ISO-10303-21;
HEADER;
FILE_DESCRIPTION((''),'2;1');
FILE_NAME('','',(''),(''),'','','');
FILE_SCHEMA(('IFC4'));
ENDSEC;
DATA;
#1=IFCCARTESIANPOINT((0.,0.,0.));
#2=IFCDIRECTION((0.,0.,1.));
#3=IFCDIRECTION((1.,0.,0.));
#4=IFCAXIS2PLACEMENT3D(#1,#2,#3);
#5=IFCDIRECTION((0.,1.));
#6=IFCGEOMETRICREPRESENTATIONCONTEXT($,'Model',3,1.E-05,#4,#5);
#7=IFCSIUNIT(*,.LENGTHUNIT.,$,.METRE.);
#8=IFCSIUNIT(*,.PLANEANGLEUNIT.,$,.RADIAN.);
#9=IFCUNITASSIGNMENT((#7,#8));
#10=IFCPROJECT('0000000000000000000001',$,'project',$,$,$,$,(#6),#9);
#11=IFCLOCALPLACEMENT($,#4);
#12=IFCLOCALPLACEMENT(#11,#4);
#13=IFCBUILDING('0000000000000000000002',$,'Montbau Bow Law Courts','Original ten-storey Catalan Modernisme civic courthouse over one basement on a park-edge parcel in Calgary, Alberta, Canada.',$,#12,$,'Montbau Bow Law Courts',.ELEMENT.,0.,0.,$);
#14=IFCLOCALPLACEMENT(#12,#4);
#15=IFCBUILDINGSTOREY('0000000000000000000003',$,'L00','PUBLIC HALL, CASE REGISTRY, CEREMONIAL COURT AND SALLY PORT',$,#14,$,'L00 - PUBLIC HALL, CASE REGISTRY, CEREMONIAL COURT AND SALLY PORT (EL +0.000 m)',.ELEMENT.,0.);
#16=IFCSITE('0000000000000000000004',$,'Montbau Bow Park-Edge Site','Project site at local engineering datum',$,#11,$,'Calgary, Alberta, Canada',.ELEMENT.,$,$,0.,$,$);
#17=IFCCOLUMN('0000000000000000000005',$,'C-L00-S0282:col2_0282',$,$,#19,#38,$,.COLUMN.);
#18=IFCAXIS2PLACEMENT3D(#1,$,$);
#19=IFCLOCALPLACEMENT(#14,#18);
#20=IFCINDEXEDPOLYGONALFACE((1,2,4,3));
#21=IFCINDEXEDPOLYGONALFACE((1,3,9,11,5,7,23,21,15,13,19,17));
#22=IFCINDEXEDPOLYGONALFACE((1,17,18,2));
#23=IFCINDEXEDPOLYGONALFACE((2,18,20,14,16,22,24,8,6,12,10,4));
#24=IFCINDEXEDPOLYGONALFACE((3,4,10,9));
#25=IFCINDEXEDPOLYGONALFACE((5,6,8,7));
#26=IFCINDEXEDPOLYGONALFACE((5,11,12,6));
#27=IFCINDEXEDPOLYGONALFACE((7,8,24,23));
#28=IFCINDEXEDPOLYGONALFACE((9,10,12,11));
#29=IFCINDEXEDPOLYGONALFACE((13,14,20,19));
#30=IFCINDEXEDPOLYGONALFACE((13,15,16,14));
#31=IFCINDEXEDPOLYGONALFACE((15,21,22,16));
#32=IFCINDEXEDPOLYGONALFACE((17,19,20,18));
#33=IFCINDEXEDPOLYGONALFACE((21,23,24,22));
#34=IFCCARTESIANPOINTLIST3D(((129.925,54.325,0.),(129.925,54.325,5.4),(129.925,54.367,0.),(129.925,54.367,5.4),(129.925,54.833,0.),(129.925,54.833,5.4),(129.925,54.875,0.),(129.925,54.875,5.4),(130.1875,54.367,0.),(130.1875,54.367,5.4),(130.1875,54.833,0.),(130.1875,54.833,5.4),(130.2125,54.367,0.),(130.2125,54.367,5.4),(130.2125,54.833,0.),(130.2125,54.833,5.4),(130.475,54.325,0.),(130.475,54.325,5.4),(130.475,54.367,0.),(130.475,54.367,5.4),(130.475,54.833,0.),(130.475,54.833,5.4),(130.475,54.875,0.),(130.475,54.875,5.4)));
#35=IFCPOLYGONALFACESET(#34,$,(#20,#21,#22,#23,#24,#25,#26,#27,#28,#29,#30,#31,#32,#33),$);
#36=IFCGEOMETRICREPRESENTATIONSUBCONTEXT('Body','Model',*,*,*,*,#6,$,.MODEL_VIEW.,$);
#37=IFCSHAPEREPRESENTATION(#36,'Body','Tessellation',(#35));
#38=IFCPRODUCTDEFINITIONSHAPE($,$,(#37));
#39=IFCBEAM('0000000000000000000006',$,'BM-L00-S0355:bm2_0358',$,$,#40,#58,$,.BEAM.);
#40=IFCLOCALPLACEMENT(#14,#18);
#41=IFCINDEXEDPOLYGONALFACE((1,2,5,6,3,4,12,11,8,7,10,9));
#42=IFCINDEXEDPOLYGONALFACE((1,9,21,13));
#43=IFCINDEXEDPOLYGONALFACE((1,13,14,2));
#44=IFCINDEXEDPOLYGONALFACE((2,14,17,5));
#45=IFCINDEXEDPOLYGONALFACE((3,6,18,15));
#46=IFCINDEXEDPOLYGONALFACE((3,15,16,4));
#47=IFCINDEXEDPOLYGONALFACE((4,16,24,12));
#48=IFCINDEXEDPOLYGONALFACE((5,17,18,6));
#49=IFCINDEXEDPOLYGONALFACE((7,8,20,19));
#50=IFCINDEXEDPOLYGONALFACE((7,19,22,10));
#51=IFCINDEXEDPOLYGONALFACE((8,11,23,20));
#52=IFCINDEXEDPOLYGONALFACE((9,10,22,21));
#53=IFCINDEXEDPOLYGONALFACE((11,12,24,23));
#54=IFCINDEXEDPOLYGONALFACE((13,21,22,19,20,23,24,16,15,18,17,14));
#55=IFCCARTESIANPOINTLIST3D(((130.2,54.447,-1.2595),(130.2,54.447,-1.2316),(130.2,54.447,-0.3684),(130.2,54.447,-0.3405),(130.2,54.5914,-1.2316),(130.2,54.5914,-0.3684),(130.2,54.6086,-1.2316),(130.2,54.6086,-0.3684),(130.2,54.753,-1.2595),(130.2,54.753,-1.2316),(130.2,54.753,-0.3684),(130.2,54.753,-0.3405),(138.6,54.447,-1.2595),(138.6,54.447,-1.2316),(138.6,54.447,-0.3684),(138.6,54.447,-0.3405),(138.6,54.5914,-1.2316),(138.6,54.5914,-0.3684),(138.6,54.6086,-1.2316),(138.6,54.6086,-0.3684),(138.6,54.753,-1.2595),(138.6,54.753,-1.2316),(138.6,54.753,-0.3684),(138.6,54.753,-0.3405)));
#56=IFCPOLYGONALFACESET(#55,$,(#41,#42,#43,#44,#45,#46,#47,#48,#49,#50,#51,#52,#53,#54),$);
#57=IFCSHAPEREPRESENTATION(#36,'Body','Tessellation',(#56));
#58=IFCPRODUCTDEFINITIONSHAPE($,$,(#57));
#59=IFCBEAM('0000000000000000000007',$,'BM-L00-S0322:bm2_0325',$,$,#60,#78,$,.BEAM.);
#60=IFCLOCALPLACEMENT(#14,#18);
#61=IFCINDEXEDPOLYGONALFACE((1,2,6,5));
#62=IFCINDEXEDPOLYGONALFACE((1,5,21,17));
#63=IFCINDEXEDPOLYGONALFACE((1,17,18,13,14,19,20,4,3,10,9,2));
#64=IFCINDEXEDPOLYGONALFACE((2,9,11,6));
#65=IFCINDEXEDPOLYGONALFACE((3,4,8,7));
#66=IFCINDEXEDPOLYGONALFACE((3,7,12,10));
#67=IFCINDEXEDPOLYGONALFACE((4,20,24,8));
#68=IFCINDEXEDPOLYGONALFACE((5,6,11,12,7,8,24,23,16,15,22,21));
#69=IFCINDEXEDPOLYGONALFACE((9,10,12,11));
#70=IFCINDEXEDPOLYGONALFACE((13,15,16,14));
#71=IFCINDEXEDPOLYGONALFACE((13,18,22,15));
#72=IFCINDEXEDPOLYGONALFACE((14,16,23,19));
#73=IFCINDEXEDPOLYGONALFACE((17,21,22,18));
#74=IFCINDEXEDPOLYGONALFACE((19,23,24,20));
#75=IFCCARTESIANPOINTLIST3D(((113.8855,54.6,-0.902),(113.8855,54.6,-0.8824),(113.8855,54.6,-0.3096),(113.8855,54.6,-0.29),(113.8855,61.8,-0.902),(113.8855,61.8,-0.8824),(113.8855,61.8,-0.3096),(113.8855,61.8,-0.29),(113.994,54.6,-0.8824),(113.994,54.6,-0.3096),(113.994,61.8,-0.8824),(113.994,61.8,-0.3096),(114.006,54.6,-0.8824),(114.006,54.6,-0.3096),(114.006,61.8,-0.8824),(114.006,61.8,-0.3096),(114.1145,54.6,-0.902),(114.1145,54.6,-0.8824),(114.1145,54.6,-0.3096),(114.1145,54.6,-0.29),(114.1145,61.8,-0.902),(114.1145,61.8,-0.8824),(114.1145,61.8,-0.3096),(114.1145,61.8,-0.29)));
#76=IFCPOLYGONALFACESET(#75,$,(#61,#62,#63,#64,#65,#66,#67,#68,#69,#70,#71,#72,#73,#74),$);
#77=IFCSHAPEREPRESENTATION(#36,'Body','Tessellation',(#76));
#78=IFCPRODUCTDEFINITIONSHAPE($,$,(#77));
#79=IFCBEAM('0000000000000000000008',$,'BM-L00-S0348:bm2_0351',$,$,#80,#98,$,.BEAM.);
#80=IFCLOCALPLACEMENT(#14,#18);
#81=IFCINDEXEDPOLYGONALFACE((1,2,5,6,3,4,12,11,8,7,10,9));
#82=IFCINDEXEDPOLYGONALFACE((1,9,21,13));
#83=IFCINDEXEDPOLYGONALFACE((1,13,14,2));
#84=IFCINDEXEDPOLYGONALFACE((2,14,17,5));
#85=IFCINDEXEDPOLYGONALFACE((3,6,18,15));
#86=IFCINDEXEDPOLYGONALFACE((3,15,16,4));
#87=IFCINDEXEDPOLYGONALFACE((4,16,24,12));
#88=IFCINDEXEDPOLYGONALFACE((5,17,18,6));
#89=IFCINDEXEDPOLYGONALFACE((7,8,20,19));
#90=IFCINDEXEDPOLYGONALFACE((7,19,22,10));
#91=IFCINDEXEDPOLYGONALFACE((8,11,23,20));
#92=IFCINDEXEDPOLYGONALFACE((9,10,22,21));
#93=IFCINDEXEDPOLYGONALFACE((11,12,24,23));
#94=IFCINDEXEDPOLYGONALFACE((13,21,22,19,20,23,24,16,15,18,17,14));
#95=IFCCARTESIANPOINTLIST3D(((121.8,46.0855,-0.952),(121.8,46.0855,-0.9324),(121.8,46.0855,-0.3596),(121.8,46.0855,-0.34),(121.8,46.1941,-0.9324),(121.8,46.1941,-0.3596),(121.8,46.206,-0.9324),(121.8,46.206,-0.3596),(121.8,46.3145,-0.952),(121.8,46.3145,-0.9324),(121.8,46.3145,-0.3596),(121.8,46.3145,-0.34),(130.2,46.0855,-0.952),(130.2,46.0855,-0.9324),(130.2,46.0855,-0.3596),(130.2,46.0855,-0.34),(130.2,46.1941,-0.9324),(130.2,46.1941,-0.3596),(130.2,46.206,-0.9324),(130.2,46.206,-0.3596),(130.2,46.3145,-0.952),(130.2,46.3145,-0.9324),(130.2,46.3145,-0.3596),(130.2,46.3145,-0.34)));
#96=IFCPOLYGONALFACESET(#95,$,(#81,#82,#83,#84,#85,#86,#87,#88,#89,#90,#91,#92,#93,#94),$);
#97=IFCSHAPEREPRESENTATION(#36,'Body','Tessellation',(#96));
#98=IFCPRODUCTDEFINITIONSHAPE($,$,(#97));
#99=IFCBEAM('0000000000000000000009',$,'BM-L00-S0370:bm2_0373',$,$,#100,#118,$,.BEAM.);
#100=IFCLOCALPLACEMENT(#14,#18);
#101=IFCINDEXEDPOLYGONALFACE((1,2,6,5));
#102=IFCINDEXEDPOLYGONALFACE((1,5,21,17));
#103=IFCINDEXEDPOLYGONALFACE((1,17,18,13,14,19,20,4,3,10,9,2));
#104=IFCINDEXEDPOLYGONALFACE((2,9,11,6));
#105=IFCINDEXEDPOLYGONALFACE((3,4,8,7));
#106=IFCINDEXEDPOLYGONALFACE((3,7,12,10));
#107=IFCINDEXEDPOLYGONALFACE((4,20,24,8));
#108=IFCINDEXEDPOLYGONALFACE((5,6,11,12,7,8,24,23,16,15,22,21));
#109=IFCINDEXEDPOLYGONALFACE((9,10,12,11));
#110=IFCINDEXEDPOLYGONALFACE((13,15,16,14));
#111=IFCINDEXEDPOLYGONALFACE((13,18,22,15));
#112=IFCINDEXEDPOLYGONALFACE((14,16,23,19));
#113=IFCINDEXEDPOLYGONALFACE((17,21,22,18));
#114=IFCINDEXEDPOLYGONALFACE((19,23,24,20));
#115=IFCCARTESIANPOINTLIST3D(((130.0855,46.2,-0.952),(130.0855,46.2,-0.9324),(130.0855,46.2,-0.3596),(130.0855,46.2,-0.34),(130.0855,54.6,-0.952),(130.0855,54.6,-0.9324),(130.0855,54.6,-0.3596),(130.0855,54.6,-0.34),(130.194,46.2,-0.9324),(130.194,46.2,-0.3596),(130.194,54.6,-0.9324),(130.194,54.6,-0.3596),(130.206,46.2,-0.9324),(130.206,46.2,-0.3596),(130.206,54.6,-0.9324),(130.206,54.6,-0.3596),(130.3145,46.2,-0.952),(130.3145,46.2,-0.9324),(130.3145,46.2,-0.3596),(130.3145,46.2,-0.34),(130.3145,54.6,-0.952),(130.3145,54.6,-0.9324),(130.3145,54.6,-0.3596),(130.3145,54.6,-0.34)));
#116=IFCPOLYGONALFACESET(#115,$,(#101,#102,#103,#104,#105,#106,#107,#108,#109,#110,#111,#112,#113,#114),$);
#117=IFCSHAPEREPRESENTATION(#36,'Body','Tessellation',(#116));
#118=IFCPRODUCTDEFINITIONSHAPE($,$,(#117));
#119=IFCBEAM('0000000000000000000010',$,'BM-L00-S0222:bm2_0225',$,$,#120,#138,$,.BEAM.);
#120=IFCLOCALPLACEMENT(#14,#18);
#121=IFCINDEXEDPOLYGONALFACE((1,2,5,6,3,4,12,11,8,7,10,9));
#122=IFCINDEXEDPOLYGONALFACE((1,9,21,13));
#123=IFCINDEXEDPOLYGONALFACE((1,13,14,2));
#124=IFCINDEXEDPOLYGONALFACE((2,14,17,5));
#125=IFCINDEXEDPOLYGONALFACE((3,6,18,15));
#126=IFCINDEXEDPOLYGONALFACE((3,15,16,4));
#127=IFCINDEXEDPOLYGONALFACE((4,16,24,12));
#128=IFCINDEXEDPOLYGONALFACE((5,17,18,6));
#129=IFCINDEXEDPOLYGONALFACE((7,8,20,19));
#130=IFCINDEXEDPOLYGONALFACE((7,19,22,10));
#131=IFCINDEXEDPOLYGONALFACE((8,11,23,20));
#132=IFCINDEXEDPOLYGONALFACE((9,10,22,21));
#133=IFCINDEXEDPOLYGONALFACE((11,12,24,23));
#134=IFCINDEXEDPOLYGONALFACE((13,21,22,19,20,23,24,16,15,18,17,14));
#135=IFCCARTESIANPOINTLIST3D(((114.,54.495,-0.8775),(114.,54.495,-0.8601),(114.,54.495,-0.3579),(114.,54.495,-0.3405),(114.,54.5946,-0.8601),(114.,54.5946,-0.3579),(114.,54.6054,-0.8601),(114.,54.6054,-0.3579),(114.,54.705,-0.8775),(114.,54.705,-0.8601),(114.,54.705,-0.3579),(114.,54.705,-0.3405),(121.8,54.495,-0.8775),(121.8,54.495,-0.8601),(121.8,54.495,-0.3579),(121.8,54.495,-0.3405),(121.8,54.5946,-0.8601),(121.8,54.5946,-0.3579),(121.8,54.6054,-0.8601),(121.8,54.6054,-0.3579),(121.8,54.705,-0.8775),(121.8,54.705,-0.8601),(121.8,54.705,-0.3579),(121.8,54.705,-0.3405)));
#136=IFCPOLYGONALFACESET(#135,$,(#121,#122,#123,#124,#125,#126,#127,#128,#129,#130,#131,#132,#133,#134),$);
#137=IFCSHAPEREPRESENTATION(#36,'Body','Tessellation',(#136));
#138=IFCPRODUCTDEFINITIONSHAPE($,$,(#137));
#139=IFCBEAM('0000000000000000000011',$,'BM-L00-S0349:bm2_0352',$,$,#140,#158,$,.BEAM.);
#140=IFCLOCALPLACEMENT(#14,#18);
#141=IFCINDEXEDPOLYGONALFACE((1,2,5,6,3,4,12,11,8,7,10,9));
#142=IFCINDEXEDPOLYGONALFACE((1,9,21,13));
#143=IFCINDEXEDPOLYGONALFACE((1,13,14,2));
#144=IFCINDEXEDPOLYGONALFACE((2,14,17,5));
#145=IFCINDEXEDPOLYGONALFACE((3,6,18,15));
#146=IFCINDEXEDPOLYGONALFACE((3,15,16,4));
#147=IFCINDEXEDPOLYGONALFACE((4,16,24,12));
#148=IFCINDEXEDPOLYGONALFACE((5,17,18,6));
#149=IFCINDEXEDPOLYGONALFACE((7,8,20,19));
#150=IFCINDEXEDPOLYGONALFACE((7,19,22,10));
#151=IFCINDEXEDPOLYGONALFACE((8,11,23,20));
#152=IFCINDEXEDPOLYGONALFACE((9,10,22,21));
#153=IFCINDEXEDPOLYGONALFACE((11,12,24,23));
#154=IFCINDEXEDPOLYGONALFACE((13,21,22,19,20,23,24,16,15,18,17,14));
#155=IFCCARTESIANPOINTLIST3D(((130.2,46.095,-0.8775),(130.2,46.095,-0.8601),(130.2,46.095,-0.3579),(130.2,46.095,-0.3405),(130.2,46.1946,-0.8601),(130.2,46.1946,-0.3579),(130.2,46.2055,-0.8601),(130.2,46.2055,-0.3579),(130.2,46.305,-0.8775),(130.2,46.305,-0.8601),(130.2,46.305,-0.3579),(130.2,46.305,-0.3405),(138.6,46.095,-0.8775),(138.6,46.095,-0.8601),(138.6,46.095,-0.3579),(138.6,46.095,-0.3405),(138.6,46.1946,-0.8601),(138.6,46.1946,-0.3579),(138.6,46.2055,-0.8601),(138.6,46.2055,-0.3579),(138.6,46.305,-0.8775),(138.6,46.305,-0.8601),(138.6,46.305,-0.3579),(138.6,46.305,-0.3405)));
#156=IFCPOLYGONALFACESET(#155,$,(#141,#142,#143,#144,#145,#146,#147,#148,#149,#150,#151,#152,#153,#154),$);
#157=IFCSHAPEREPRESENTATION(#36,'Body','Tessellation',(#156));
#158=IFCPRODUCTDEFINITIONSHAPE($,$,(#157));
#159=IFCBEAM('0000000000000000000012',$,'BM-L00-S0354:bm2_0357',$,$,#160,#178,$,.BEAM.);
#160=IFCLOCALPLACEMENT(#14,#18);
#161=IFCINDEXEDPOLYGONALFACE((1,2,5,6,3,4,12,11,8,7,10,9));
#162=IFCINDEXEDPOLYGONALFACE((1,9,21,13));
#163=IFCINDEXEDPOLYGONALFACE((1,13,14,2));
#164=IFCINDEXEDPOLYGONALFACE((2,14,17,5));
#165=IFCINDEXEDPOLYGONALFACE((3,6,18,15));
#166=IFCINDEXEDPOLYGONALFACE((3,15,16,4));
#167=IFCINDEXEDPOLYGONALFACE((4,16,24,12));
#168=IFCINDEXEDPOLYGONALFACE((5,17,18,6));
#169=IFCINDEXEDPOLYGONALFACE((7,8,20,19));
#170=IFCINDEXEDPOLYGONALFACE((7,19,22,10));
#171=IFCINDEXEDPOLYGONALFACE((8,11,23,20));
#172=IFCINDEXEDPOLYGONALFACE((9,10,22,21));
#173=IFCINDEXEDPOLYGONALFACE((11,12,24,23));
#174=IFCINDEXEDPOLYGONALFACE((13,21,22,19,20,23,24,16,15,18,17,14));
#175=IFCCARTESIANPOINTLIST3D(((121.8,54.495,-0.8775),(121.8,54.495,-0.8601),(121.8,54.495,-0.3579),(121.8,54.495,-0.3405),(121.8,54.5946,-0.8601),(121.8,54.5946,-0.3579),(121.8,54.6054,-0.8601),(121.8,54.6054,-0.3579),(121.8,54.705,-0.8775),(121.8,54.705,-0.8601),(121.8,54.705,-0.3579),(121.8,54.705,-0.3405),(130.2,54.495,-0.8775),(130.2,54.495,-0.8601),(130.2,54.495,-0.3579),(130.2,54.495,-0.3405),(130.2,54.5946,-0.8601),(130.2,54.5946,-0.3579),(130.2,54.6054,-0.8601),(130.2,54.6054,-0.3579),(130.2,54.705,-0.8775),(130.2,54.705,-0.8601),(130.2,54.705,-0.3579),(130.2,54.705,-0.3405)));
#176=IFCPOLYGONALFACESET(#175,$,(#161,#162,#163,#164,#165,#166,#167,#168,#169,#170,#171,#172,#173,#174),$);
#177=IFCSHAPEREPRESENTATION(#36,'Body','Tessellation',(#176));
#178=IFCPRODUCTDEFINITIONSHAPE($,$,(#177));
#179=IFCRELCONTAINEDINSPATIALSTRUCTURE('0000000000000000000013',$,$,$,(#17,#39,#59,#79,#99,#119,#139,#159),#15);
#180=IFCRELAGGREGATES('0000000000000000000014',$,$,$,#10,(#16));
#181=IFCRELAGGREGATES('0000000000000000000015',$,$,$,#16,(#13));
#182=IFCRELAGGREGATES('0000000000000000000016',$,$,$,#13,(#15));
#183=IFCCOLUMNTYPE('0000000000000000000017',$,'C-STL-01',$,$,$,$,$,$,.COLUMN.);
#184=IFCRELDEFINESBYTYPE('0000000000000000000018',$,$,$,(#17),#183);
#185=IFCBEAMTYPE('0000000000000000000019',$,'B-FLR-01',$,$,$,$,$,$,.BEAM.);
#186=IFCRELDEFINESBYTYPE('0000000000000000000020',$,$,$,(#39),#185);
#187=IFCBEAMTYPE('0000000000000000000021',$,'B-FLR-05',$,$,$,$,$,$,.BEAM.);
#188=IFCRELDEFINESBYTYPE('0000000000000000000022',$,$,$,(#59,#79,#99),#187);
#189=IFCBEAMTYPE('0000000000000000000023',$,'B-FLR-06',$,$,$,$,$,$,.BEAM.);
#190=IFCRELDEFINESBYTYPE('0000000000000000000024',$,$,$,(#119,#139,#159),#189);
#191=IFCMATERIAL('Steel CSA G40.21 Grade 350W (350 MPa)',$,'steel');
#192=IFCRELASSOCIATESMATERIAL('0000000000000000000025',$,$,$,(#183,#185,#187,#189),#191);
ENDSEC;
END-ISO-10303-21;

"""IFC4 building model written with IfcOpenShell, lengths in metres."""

from ifc_helpers import new_model, si_unit, direction, frame, origin_with_axes, origin_2d_with_axis, place, context, subcontext, project, spatial, i_section, extrude, material, material_profile, profile_set, type_object, element, save


model = new_model("IFC4")

# Units and contexts
model_context = context("Model", 3, precision=1e-05, world=origin_with_axes(), true_north=direction((0.0, 1.0)))
body_context = subcontext(model_context, "Body", "Model", "MODEL_VIEW")
ifc_project = project(units=[si_unit("LENGTHUNIT", "METRE"), si_unit("PLANEANGLEUNIT", "RADIAN")], contexts=[model_context])

# Site, building, storey
site_placement = place(None, origin_with_axes())
site = spatial("IfcSite", under=ifc_project, at=site_placement, Name="Montbau Bow Park-Edge Site", Description="Project site at local engineering datum", LongName="Calgary, Alberta, Canada", CompositionType="ELEMENT", RefElevation=0.0)
building_placement = place(site_placement, origin_with_axes())
building = spatial("IfcBuilding", under=site, at=building_placement, Name="Montbau Bow Law Courts", Description="Original ten-storey Catalan Modernisme civic courthouse over one basement on a park-edge parcel in Calgary, Alberta, Canada.", LongName="Montbau Bow Law Courts", CompositionType="ELEMENT", ElevationOfRefHeight=0.0, ElevationOfTerrain=0.0)
storey_placement = place(building_placement, origin_with_axes())
storey = spatial("IfcBuildingStorey", under=building, at=storey_placement, Name="L00", Description="PUBLIC HALL, CASE REGISTRY, CEREMONIAL COURT AND SALLY PORT", LongName="L00 - PUBLIC HALL, CASE REGISTRY, CEREMONIAL COURT AND SALLY PORT (EL +0.000 m)", CompositionType="ELEMENT", Elevation=0.0)

# Column
ifc_material_1 = material(Name="Steel CSA G40.21 Grade 350W (350 MPa)", Category="steel")
ifc_material_profile_1 = material_profile(ifc_material_1, i_section(OverallWidth=0.55, OverallDepth=0.55, WebThickness=0.025, FlangeThickness=0.042, at=origin_2d_with_axis()), Name="WWF550X420", Category="Main", Priority=0)
ifc_profile_set_1 = profile_set([ifc_material_profile_1], Name="Steel CSA G40.21 Grade 350W (350 MPa)")
column_type_1 = type_object("IfcColumnType", Name="C-STL-01", PredefinedType="COLUMN", material=ifc_profile_set_1)
column_1_placement = place(None, frame((130.2, 54.6, 0.0), z_axis=(0.0, 0.0, 1.0), x_axis=(1.0, 0.0, 0.0)))
element("IfcColumn", 1, at=column_1_placement, inside=storey, type_object=column_type_1, Name="C-L00-S0282:col2_0282", PredefinedType="COLUMN", context=body_context, shape_type="SweptSolid", body=[
    extrude(i_section(OverallWidth=0.55, OverallDepth=0.55, WebThickness=0.025, FlangeThickness=0.042, at=origin_2d_with_axis()), origin_with_axes(), (0.0, 0.0, 1.0), 5.4),
])

# Beams
ifc_material_profile_2 = material_profile(ifc_material_1, i_section(OverallWidth=0.306, OverallDepth=0.919, WebThickness=0.0173, FlangeThickness=0.0279, at=origin_2d_with_axis()), Name="W920X253", Category="Main", Priority=0)
ifc_profile_set_2 = profile_set([ifc_material_profile_2], Name="Steel CSA G40.21 Grade 350W (350 MPa)")
beam_type_1 = type_object("IfcBeamType", Name="B-FLR-01", PredefinedType="BEAM", material=ifc_profile_set_2)
beam_1_placement = place(None, frame((130.2, 54.6, -0.8), z_axis=(1.0, 0.0, 0.0), x_axis=(0.0, 1.0, 0.0)))
element("IfcBeam", 2, at=beam_1_placement, inside=storey, type_object=beam_type_1, Name="BM-L00-S0355:bm2_0358", PredefinedType="BEAM", context=body_context, shape_type="SweptSolid", body=[
    extrude(i_section(OverallWidth=0.306, OverallDepth=0.919, WebThickness=0.0173, FlangeThickness=0.0279, at=origin_2d_with_axis()), origin_with_axes(), (0.0, 0.0, 1.0), 8.4),
])
ifc_material_profile_3 = material_profile(ifc_material_1, i_section(OverallWidth=0.229, OverallDepth=0.612, WebThickness=0.0119, FlangeThickness=0.0196, at=origin_2d_with_axis()), Name="W610X125", Category="Main", Priority=0)
ifc_profile_set_3 = profile_set([ifc_material_profile_3], Name="Steel CSA G40.21 Grade 350W (350 MPa)")
beam_type_2 = type_object("IfcBeamType", Name="B-FLR-05", PredefinedType="BEAM", material=ifc_profile_set_3)
beam_2_placement = place(None, frame((114.0, 54.6, -0.596), z_axis=(0.0, 1.0, 0.0), x_axis=(-1.0, 0.0, 0.0)))
element("IfcBeam", 3, at=beam_2_placement, inside=storey, type_object=beam_type_2, Name="BM-L00-S0322:bm2_0325", PredefinedType="BEAM", context=body_context, shape_type="SweptSolid", body=[
    extrude(i_section(OverallWidth=0.229, OverallDepth=0.612, WebThickness=0.0119, FlangeThickness=0.0196, at=origin_2d_with_axis()), origin_with_axes(), (0.0, 0.0, 1.0), 7.2),
])
for number, where, z_axis, x_axis, name in (
    (4, (121.8, 46.2, -0.646), (1.0, 0.0, 0.0), (0.0, 1.0, 0.0), "BM-L00-S0348:bm2_0351"),
    (5, (130.2, 46.2, -0.646), (0.0, 1.0, 0.0), (-1.0, 0.0, 0.0), "BM-L00-S0370:bm2_0373"),
):
    element("IfcBeam", number, at=place(None, frame(where, z_axis=z_axis, x_axis=x_axis)), inside=storey, type_object=beam_type_2, Name=name, PredefinedType="BEAM", context=body_context, shape_type="SweptSolid", body=[
        extrude(i_section(OverallWidth=0.229, OverallDepth=0.612, WebThickness=0.0119, FlangeThickness=0.0196, at=origin_2d_with_axis()), origin_with_axes(), (0.0, 0.0, 1.0), 8.4),
    ])
ifc_material_profile_4 = material_profile(ifc_material_1, i_section(OverallWidth=0.21, OverallDepth=0.537, WebThickness=0.0109, FlangeThickness=0.0174, at=origin_2d_with_axis()), Name="W530X101", Category="Main", Priority=0)
ifc_profile_set_4 = profile_set([ifc_material_profile_4], Name="Steel CSA G40.21 Grade 350W (350 MPa)")
beam_type_3 = type_object("IfcBeamType", Name="B-FLR-06", PredefinedType="BEAM", material=ifc_profile_set_4)
beam_3_placement = place(None, frame((114.0, 54.6, -0.609), z_axis=(1.0, 0.0, 0.0), x_axis=(0.0, 1.0, 0.0)))
element("IfcBeam", 6, at=beam_3_placement, inside=storey, type_object=beam_type_3, Name="BM-L00-S0222:bm2_0225", PredefinedType="BEAM", context=body_context, shape_type="SweptSolid", body=[
    extrude(i_section(OverallWidth=0.21, OverallDepth=0.537, WebThickness=0.0109, FlangeThickness=0.0174, at=origin_2d_with_axis()), origin_with_axes(), (0.0, 0.0, 1.0), 7.8),
])
for number, where, z_axis, x_axis, name in (
    (7, (130.2, 46.2, -0.609), (1.0, 0.0, 0.0), (0.0, 1.0, 0.0), "BM-L00-S0349:bm2_0352"),
    (8, (121.8, 54.6, -0.609), (1.0, 0.0, 0.0), (0.0, 1.0, 0.0), "BM-L00-S0354:bm2_0357"),
):
    element("IfcBeam", number, at=place(None, frame(where, z_axis=z_axis, x_axis=x_axis)), inside=storey, type_object=beam_type_3, Name=name, PredefinedType="BEAM", context=body_context, shape_type="SweptSolid", body=[
        extrude(i_section(OverallWidth=0.21, OverallDepth=0.537, WebThickness=0.0109, FlangeThickness=0.0174, at=origin_2d_with_axis()), origin_with_axes(), (0.0, 0.0, 1.0), 8.4),
    ])

save(model, "model.ifc")
